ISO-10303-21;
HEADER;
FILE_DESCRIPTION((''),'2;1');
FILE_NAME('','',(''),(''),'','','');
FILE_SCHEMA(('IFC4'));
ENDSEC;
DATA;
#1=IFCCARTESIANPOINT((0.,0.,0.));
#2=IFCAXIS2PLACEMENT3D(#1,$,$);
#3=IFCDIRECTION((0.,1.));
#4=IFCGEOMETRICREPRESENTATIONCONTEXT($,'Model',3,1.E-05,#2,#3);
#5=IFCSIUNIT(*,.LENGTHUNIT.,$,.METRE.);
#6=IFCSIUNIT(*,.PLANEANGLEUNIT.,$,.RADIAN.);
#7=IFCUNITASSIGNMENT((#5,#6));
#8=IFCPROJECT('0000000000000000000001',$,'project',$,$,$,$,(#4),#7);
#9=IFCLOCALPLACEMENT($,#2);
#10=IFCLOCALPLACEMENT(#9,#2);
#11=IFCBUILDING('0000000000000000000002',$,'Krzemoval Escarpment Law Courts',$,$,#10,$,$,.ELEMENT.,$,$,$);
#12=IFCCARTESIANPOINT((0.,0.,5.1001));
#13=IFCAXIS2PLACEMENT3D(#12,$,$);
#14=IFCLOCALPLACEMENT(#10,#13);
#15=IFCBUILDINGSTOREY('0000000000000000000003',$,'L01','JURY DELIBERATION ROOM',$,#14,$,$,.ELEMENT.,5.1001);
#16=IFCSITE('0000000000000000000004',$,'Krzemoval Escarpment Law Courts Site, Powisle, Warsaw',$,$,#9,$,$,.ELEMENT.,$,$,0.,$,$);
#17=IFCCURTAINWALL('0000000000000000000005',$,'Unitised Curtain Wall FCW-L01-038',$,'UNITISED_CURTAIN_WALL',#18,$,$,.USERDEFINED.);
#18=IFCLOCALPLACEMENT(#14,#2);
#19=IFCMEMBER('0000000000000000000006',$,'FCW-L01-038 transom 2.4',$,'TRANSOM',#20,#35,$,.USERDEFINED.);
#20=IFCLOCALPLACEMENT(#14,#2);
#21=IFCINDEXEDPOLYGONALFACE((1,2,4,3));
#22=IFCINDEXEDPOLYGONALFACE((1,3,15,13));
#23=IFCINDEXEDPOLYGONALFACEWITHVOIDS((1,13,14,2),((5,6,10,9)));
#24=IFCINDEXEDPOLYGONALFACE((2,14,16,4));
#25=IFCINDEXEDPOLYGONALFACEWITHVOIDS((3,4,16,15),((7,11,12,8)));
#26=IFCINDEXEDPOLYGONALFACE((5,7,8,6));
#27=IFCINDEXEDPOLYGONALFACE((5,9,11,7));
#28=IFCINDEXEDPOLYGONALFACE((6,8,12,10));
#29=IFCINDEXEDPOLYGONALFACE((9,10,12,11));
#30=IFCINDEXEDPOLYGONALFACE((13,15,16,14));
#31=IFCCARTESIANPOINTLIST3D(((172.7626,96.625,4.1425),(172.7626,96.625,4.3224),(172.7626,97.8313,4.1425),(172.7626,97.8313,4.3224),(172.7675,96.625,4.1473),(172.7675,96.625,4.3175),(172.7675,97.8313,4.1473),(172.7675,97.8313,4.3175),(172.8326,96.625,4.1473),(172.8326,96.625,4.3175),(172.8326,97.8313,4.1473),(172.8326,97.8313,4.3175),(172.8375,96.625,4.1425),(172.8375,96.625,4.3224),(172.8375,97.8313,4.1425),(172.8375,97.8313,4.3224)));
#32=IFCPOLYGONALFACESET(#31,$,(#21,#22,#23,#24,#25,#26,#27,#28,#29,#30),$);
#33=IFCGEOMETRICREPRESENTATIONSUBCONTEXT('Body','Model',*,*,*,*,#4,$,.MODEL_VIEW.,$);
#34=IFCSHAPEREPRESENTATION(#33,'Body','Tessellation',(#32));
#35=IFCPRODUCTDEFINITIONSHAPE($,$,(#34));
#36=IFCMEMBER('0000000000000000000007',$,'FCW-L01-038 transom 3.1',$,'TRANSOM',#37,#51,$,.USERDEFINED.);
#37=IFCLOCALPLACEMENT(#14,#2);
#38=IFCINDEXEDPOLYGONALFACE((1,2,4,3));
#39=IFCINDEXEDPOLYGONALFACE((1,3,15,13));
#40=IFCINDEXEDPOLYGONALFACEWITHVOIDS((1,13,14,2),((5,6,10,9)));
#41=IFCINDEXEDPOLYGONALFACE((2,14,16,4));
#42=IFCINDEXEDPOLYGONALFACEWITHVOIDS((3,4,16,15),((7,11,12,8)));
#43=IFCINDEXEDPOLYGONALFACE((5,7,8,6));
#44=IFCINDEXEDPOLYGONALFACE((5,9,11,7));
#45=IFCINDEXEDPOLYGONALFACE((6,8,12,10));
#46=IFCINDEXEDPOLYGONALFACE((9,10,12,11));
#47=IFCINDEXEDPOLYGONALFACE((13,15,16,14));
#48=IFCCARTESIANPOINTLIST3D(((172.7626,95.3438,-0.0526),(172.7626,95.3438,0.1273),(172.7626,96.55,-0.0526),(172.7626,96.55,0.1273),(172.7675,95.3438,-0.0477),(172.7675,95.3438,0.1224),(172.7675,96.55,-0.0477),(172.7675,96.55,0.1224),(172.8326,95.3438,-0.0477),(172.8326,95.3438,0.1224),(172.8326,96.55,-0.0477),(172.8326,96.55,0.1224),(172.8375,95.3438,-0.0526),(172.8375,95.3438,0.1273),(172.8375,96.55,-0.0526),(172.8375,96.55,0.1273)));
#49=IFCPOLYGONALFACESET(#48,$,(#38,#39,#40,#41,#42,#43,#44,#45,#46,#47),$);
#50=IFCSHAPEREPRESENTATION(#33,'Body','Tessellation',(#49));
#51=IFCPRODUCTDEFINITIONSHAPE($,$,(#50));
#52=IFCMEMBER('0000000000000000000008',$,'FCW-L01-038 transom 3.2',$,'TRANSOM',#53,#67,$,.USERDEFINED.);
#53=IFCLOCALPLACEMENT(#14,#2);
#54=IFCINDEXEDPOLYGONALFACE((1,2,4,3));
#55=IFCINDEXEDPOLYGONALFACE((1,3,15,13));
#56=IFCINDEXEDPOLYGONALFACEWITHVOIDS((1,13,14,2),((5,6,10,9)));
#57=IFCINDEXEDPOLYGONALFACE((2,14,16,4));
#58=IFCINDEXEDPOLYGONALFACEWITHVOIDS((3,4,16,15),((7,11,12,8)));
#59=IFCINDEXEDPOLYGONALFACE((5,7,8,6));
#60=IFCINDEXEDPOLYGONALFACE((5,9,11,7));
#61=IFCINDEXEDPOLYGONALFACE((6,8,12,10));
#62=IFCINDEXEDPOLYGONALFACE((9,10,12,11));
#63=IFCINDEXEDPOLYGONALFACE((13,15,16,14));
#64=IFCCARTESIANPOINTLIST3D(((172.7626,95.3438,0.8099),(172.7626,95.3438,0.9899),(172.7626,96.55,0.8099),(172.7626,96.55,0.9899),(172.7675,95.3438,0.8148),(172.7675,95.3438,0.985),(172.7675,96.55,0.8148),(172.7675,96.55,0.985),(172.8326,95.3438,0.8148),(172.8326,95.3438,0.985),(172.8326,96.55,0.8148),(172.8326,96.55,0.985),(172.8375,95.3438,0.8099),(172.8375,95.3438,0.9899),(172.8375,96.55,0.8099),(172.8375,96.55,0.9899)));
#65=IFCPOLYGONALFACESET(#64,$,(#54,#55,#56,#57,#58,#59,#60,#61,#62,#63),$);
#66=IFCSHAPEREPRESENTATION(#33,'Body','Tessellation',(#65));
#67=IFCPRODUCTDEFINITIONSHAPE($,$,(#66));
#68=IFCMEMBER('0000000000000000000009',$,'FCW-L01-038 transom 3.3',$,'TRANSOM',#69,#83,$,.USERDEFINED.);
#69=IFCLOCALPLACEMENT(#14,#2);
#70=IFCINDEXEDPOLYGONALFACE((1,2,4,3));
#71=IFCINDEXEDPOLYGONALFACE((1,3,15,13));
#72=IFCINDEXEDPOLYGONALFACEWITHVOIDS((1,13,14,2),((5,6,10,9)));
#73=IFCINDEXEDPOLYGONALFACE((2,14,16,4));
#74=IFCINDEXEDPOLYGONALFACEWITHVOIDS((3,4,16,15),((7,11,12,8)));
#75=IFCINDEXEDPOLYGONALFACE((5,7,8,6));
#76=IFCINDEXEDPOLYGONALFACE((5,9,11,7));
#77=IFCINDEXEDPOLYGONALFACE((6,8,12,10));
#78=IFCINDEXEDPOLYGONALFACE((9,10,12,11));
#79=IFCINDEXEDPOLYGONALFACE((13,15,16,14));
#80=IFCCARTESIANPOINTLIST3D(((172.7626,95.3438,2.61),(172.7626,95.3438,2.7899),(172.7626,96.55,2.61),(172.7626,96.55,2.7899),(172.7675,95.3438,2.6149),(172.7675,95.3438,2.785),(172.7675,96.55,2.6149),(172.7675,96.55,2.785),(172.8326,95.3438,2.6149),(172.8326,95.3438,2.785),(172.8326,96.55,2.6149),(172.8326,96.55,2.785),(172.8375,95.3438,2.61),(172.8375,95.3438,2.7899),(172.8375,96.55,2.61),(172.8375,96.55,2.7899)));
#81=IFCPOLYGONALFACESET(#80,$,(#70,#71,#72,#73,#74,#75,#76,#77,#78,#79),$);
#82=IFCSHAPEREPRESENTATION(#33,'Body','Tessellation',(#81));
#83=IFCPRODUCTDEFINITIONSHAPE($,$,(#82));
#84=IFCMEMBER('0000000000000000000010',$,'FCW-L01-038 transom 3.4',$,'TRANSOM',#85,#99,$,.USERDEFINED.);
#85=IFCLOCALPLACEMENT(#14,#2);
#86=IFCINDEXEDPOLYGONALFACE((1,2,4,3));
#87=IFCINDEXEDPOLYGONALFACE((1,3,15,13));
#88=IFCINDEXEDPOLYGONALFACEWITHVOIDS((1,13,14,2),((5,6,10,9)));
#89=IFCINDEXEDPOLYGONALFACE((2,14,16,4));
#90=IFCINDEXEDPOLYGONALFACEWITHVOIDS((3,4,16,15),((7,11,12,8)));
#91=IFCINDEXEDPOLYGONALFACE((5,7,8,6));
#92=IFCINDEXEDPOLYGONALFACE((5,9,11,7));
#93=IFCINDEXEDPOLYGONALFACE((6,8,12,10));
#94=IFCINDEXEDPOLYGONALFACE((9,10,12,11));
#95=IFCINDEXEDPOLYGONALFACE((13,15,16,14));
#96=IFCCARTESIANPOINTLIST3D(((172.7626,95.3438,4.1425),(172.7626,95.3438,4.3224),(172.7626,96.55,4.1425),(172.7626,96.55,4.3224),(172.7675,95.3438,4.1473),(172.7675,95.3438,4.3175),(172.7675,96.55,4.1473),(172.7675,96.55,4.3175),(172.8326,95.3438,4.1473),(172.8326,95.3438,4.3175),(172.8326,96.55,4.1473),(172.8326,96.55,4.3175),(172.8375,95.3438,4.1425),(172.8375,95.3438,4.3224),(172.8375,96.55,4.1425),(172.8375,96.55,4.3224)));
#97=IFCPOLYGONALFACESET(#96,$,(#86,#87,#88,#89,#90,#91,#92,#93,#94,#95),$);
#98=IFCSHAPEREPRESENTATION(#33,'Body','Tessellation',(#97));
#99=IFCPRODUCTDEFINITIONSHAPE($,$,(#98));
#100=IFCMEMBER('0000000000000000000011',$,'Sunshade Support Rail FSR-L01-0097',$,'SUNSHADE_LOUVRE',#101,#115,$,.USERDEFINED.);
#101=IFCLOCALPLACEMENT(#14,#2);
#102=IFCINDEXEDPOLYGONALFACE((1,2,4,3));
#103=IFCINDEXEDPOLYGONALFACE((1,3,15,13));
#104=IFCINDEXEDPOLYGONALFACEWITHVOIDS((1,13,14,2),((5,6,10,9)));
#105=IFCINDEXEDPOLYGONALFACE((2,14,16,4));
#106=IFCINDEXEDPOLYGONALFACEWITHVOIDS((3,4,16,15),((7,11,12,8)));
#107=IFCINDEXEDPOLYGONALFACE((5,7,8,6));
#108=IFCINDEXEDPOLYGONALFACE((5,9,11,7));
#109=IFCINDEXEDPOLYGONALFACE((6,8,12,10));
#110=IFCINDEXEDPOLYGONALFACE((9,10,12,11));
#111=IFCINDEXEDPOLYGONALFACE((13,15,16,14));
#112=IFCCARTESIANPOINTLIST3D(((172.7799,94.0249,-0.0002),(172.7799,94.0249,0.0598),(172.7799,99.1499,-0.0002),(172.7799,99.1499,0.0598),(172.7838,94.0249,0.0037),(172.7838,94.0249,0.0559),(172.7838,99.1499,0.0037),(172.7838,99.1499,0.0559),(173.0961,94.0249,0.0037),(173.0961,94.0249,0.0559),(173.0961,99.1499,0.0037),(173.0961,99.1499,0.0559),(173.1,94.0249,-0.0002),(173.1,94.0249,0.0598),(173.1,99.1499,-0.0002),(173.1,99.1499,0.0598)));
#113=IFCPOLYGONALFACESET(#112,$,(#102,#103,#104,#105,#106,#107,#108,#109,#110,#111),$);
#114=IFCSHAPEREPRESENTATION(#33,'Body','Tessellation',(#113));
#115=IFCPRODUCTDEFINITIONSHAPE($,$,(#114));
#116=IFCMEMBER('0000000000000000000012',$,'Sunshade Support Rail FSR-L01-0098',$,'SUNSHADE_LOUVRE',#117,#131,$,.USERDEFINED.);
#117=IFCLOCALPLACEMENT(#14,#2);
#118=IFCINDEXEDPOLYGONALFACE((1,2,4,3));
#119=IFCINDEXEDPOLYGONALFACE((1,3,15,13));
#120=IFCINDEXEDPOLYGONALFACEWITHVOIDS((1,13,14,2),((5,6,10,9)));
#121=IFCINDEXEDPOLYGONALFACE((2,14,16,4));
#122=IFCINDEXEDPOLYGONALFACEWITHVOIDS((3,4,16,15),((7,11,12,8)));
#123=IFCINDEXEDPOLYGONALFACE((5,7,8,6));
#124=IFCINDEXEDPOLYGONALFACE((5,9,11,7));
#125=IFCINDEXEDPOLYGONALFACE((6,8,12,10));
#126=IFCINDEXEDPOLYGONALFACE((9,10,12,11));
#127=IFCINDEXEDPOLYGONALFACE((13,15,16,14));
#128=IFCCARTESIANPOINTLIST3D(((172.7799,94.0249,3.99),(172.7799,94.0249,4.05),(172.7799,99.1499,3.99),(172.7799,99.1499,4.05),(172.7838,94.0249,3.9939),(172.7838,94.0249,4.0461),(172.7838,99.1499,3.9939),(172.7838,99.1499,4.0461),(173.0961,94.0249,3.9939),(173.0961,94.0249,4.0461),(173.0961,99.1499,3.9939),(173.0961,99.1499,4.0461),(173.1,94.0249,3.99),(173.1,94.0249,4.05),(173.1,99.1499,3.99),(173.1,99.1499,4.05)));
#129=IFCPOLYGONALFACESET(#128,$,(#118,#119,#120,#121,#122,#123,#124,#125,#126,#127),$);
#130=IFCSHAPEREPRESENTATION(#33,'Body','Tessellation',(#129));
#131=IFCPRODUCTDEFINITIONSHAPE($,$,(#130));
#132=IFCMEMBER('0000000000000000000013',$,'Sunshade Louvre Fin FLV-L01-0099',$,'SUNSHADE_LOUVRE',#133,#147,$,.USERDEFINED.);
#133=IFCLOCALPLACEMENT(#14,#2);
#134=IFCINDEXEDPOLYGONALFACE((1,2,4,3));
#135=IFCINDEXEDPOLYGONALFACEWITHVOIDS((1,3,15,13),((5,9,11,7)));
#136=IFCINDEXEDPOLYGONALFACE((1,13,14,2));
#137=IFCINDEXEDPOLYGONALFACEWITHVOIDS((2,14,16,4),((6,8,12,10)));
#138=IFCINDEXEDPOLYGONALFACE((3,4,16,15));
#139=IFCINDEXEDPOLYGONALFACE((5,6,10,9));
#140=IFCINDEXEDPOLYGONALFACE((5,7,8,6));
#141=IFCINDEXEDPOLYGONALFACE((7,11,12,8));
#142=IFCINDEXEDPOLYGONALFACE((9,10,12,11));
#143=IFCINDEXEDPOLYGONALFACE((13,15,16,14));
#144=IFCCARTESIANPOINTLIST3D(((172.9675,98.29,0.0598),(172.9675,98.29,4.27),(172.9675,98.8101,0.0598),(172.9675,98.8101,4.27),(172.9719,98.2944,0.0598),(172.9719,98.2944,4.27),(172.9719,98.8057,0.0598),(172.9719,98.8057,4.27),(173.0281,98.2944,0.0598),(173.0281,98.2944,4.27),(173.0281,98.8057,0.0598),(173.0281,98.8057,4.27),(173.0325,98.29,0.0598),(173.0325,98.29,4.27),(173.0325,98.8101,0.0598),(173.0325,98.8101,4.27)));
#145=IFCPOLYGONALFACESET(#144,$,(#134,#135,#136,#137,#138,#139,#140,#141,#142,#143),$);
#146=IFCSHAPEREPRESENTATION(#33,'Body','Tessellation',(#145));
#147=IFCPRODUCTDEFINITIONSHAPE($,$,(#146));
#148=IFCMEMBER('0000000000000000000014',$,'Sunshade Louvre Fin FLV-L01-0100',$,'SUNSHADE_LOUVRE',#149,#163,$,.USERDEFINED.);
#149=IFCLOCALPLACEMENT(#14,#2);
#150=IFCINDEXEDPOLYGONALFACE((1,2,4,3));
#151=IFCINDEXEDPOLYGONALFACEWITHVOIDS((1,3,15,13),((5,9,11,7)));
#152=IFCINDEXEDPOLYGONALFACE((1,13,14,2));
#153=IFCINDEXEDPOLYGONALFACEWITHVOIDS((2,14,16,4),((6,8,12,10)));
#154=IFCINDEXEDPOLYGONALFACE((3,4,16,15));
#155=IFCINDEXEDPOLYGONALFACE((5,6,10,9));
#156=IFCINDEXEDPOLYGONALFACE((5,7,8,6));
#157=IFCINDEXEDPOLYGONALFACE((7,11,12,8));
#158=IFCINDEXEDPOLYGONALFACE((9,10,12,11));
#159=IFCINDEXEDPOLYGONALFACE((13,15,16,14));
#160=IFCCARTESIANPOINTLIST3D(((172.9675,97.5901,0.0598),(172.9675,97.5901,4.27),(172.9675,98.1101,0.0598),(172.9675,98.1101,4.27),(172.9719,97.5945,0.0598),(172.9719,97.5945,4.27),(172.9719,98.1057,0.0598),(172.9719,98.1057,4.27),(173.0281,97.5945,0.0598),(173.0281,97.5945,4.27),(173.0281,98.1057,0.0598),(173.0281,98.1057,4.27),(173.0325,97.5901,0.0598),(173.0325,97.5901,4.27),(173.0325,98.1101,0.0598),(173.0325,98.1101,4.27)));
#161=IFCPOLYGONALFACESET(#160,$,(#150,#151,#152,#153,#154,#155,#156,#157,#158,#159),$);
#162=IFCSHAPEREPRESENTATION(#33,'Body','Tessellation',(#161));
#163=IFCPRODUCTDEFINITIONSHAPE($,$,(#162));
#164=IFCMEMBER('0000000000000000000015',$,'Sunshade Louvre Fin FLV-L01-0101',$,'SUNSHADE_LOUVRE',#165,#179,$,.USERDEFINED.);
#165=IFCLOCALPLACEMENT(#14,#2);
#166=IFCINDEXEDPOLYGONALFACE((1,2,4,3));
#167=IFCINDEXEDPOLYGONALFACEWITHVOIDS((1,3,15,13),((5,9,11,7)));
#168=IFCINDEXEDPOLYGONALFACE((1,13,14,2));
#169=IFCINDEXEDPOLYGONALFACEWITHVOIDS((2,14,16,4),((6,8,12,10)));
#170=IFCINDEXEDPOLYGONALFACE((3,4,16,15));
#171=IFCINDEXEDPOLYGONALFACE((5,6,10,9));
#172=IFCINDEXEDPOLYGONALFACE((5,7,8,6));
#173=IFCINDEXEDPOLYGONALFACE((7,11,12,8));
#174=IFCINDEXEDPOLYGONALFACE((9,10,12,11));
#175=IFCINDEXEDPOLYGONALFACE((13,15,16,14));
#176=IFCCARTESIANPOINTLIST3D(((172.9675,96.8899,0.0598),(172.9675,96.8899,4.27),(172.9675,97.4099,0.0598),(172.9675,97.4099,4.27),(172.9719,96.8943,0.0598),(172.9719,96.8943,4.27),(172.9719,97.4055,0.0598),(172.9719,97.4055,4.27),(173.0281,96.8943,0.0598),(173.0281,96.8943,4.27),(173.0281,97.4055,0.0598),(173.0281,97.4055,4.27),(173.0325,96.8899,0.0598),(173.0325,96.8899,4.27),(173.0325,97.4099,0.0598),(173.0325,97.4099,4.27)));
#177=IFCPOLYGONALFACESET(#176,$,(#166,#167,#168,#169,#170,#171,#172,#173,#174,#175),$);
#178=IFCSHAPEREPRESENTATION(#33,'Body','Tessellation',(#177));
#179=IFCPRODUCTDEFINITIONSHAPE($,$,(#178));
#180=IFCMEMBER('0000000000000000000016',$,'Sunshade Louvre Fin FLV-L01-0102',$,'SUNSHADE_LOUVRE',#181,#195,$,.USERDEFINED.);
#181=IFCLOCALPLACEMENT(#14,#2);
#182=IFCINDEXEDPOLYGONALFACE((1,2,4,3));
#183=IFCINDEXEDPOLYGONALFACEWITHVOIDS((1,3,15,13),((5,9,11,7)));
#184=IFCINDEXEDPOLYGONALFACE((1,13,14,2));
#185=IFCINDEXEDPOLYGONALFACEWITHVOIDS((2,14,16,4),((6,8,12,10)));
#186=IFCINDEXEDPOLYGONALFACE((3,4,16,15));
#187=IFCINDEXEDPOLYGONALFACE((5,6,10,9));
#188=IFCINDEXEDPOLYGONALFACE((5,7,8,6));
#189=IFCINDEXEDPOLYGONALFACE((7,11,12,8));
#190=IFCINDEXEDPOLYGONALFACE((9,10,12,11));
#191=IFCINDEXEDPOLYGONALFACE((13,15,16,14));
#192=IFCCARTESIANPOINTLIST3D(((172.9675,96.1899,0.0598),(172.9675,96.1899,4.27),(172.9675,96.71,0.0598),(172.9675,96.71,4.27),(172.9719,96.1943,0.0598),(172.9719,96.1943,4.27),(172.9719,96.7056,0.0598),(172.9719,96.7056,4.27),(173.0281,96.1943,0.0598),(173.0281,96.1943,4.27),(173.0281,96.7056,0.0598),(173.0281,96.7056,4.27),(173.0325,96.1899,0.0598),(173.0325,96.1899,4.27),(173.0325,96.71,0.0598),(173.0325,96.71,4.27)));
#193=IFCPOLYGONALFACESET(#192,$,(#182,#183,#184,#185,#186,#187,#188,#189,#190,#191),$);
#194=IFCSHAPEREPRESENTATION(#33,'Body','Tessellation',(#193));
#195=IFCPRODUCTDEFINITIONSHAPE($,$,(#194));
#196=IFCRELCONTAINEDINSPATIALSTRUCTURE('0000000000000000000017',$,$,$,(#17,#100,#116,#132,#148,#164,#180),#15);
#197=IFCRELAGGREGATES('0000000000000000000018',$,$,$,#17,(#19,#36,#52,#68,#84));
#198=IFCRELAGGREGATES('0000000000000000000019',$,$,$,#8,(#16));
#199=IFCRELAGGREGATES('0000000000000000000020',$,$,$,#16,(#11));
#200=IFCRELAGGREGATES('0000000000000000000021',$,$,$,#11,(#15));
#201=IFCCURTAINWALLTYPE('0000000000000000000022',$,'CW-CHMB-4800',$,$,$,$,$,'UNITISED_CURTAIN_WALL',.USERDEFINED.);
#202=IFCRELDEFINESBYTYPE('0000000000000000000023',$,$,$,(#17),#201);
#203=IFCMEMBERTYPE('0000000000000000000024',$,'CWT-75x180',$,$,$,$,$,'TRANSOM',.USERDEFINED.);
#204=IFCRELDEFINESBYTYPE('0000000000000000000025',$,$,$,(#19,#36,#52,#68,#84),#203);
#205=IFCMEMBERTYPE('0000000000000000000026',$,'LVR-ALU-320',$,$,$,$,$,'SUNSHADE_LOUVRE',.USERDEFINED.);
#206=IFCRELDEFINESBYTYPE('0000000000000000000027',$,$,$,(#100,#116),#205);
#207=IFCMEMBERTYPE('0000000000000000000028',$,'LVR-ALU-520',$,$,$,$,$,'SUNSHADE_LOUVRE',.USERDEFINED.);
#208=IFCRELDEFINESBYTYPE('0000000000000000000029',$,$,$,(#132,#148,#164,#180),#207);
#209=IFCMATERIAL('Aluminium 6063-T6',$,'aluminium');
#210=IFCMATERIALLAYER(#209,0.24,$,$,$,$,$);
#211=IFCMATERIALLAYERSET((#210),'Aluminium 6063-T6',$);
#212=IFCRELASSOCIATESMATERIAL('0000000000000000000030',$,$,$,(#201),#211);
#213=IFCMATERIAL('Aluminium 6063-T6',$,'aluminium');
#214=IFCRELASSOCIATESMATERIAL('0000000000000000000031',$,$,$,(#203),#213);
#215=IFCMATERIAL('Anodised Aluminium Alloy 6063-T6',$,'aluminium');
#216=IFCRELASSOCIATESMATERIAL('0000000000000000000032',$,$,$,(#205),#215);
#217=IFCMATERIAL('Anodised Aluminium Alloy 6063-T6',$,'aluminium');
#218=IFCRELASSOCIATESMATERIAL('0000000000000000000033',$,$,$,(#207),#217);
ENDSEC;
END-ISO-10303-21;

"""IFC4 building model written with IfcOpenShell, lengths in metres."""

from ifc_helpers import new_model, si_unit, direction, frame, origin, origin_2d, place, context, subcontext, project, spatial, hollow_rectangle, extrude, material, layer, layer_set, material_profile, profile_set, type_object, element, aggregate, save


model = new_model("IFC4")

# Units and contexts
model_context = context("Model", 3, precision=1e-05, world=origin(), true_north=direction((0.0, 1.0)))
body_context = subcontext(model_context, "Body", "Model", "MODEL_VIEW")
ifc_project = project(units=[si_unit("LENGTHUNIT", "METRE"), si_unit("PLANEANGLEUNIT", "RADIAN")], contexts=[model_context])

# Site, building, storey
site_placement = place(None, origin())
site = spatial("IfcSite", under=ifc_project, at=site_placement, Name="Krzemoval Escarpment Law Courts Site, Powisle, Warsaw", CompositionType="ELEMENT", RefElevation=0.0)
building_placement = place(site_placement, origin())
building = spatial("IfcBuilding", under=site, at=building_placement, Name="Krzemoval Escarpment Law Courts", CompositionType="ELEMENT")
storey_placement = place(building_placement, frame((0.0, 0.0, 5.1001)))
storey = spatial("IfcBuildingStorey", under=building, at=storey_placement, Name="L01", Description="JURY DELIBERATION ROOM", CompositionType="ELEMENT", Elevation=5.1001)

# Curtain wall, members
ifc_material_1 = material(Name="Aluminium 6063-T6", Category="aluminium")
ifc_layer_1 = layer(ifc_material_1, 0.24)
ifc_layer_set_1 = layer_set([ifc_layer_1], Name="Aluminium 6063-T6")
curtain_wall_type = type_object("IfcCurtainWallType", Name="CW-CHMB-4800", ElementType="UNITISED_CURTAIN_WALL", PredefinedType="USERDEFINED", material=ifc_layer_set_1)
curtain_wall_placement = place(storey_placement, origin())
curtain_wall = element("IfcCurtainWall", 1, at=curtain_wall_placement, inside=storey, type_object=curtain_wall_type, Name="Unitised Curtain Wall FCW-L01-038", ObjectType="UNITISED_CURTAIN_WALL", PredefinedType="USERDEFINED")
ifc_material_2 = material(Name="Aluminium 6063-T6", Category="aluminium")
ifc_material_profile_1 = material_profile(ifc_material_2, hollow_rectangle(XDim=0.075, YDim=0.1799, WallThickness=0.0049, at=origin_2d()), Name="ALU T75x180")
ifc_profile_set_1 = profile_set([ifc_material_profile_1], Name="Aluminium 6063-T6")
member_type_1 = type_object("IfcMemberType", Name="CWT-75x180", ElementType="TRANSOM", PredefinedType="USERDEFINED", material=ifc_profile_set_1)
member_1_placement = place(storey_placement, frame((172.8, 97.8313, 4.2324), z_axis=(0.0, -1.0, 0.0), x_axis=(1.0, 0.0, 0.0)))
member_1 = element("IfcMember", 2, at=member_1_placement, type_object=member_type_1, Name="FCW-L01-038 transom 2.4", ObjectType="TRANSOM", PredefinedType="USERDEFINED", context=body_context, shape_type="SweptSolid", body=[
    extrude(hollow_rectangle(XDim=0.075, YDim=0.1799, WallThickness=0.0049, at=origin_2d()), origin(), (0.0, 0.0, 1.0), 1.2063),
])
member_2_placement = place(storey_placement, frame((172.8, 96.55, 0.0374), z_axis=(0.0, -1.0, 0.0), x_axis=(1.0, 0.0, 0.0)))
member_2 = element("IfcMember", 3, at=member_2_placement, type_object=member_type_1, Name="FCW-L01-038 transom 3.1", ObjectType="TRANSOM", PredefinedType="USERDEFINED", context=body_context, shape_type="SweptSolid", body=[
    extrude(hollow_rectangle(XDim=0.075, YDim=0.1799, WallThickness=0.0049, at=origin_2d()), origin(), (0.0, 0.0, 1.0), 1.2063),
])
member_3_placement = place(storey_placement, frame((172.8, 96.55, 0.8999), z_axis=(0.0, -1.0, 0.0), x_axis=(1.0, 0.0, 0.0)))
member_3 = element("IfcMember", 4, at=member_3_placement, type_object=member_type_1, Name="FCW-L01-038 transom 3.2", ObjectType="TRANSOM", PredefinedType="USERDEFINED", context=body_context, shape_type="SweptSolid", body=[
    extrude(hollow_rectangle(XDim=0.075, YDim=0.1799, WallThickness=0.0049, at=origin_2d()), origin(), (0.0, 0.0, 1.0), 1.2063),
])
member_4_placement = place(storey_placement, frame((172.8, 96.55, 2.7), z_axis=(0.0, -1.0, 0.0), x_axis=(1.0, 0.0, 0.0)))
member_4 = element("IfcMember", 5, at=member_4_placement, type_object=member_type_1, Name="FCW-L01-038 transom 3.3", ObjectType="TRANSOM", PredefinedType="USERDEFINED", context=body_context, shape_type="SweptSolid", body=[
    extrude(hollow_rectangle(XDim=0.075, YDim=0.1799, WallThickness=0.0049, at=origin_2d()), origin(), (0.0, 0.0, 1.0), 1.2063),
])
member_5_placement = place(storey_placement, frame((172.8, 96.55, 4.2324), z_axis=(0.0, -1.0, 0.0), x_axis=(1.0, 0.0, 0.0)))
member_5 = element("IfcMember", 6, at=member_5_placement, type_object=member_type_1, Name="FCW-L01-038 transom 3.4", ObjectType="TRANSOM", PredefinedType="USERDEFINED", context=body_context, shape_type="SweptSolid", body=[
    extrude(hollow_rectangle(XDim=0.075, YDim=0.1799, WallThickness=0.0049, at=origin_2d()), origin(), (0.0, 0.0, 1.0), 1.2063),
])

# Members
ifc_material_3 = material(Name="Anodised Aluminium Alloy 6063-T6", Category="aluminium")
ifc_material_profile_2 = material_profile(ifc_material_3, hollow_rectangle(XDim=0.0601, YDim=0.3201, WallThickness=0.0039, at=origin_2d()), Name="ALU LVR 60x320")
ifc_profile_set_2 = profile_set([ifc_material_profile_2], Name="Anodised Aluminium Alloy 6063-T6")
member_type_2 = type_object("IfcMemberType", Name="LVR-ALU-320", ElementType="SUNSHADE_LOUVRE", PredefinedType="USERDEFINED", material=ifc_profile_set_2)
for number, where, z_axis, x_axis, name in (
    (7, (172.9399, 99.1499, 0.0298), (0.0, -1.0, 0.0), (0.0, 0.0, 1.0), "Sunshade Support Rail FSR-L01-0097"),
    (8, (172.9399, 99.1499, 4.02), (0.0, -1.0, 0.0), (0.0, 0.0, 1.0), "Sunshade Support Rail FSR-L01-0098"),
):
    element("IfcMember", number, at=place(storey_placement, frame(where, z_axis=z_axis, x_axis=x_axis)), inside=storey, type_object=member_type_2, Name=name, ObjectType="SUNSHADE_LOUVRE", PredefinedType="USERDEFINED", context=body_context, shape_type="SweptSolid", body=[
        extrude(hollow_rectangle(XDim=0.0601, YDim=0.3201, WallThickness=0.0039, at=origin_2d()), origin(), (0.0, 0.0, 1.0), 5.125),
    ])
ifc_material_4 = material(Name="Anodised Aluminium Alloy 6063-T6", Category="aluminium")
ifc_material_profile_3 = material_profile(ifc_material_4, hollow_rectangle(XDim=0.0649, YDim=0.52, WallThickness=0.0044, at=origin_2d()), Name="ALU LVR 65x520")
ifc_profile_set_3 = profile_set([ifc_material_profile_3], Name="Anodised Aluminium Alloy 6063-T6")
member_type_3 = type_object("IfcMemberType", Name="LVR-ALU-520", ElementType="SUNSHADE_LOUVRE", PredefinedType="USERDEFINED", material=ifc_profile_set_3)
for number, where, z_axis, x_axis, name in (
    (9, (173.0, 98.55, 0.0598), (0.0, 0.0, 1.0), (1.0, 0.0, 0.0), "Sunshade Louvre Fin FLV-L01-0099"),
    (10, (173.0, 97.8501, 0.0598), (0.0, 0.0, 1.0), (1.0, 0.0, 0.0), "Sunshade Louvre Fin FLV-L01-0100"),
    (11, (173.0, 97.1499, 0.0598), (0.0, 0.0, 1.0), (1.0, 0.0, 0.0), "Sunshade Louvre Fin FLV-L01-0101"),
    (12, (173.0, 96.45, 0.0598), (0.0, 0.0, 1.0), (1.0, 0.0, 0.0), "Sunshade Louvre Fin FLV-L01-0102"),
):
    element("IfcMember", number, at=place(storey_placement, frame(where, z_axis=z_axis, x_axis=x_axis)), inside=storey, type_object=member_type_3, Name=name, ObjectType="SUNSHADE_LOUVRE", PredefinedType="USERDEFINED", context=body_context, shape_type="SweptSolid", body=[
        extrude(hollow_rectangle(XDim=0.0649, YDim=0.52, WallThickness=0.0044, at=origin_2d()), origin(), (0.0, 0.0, 1.0), 4.2102),
    ])

aggregate(curtain_wall, [member_1, member_2, member_3, member_4, member_5])

save(model, "model.ifc")
